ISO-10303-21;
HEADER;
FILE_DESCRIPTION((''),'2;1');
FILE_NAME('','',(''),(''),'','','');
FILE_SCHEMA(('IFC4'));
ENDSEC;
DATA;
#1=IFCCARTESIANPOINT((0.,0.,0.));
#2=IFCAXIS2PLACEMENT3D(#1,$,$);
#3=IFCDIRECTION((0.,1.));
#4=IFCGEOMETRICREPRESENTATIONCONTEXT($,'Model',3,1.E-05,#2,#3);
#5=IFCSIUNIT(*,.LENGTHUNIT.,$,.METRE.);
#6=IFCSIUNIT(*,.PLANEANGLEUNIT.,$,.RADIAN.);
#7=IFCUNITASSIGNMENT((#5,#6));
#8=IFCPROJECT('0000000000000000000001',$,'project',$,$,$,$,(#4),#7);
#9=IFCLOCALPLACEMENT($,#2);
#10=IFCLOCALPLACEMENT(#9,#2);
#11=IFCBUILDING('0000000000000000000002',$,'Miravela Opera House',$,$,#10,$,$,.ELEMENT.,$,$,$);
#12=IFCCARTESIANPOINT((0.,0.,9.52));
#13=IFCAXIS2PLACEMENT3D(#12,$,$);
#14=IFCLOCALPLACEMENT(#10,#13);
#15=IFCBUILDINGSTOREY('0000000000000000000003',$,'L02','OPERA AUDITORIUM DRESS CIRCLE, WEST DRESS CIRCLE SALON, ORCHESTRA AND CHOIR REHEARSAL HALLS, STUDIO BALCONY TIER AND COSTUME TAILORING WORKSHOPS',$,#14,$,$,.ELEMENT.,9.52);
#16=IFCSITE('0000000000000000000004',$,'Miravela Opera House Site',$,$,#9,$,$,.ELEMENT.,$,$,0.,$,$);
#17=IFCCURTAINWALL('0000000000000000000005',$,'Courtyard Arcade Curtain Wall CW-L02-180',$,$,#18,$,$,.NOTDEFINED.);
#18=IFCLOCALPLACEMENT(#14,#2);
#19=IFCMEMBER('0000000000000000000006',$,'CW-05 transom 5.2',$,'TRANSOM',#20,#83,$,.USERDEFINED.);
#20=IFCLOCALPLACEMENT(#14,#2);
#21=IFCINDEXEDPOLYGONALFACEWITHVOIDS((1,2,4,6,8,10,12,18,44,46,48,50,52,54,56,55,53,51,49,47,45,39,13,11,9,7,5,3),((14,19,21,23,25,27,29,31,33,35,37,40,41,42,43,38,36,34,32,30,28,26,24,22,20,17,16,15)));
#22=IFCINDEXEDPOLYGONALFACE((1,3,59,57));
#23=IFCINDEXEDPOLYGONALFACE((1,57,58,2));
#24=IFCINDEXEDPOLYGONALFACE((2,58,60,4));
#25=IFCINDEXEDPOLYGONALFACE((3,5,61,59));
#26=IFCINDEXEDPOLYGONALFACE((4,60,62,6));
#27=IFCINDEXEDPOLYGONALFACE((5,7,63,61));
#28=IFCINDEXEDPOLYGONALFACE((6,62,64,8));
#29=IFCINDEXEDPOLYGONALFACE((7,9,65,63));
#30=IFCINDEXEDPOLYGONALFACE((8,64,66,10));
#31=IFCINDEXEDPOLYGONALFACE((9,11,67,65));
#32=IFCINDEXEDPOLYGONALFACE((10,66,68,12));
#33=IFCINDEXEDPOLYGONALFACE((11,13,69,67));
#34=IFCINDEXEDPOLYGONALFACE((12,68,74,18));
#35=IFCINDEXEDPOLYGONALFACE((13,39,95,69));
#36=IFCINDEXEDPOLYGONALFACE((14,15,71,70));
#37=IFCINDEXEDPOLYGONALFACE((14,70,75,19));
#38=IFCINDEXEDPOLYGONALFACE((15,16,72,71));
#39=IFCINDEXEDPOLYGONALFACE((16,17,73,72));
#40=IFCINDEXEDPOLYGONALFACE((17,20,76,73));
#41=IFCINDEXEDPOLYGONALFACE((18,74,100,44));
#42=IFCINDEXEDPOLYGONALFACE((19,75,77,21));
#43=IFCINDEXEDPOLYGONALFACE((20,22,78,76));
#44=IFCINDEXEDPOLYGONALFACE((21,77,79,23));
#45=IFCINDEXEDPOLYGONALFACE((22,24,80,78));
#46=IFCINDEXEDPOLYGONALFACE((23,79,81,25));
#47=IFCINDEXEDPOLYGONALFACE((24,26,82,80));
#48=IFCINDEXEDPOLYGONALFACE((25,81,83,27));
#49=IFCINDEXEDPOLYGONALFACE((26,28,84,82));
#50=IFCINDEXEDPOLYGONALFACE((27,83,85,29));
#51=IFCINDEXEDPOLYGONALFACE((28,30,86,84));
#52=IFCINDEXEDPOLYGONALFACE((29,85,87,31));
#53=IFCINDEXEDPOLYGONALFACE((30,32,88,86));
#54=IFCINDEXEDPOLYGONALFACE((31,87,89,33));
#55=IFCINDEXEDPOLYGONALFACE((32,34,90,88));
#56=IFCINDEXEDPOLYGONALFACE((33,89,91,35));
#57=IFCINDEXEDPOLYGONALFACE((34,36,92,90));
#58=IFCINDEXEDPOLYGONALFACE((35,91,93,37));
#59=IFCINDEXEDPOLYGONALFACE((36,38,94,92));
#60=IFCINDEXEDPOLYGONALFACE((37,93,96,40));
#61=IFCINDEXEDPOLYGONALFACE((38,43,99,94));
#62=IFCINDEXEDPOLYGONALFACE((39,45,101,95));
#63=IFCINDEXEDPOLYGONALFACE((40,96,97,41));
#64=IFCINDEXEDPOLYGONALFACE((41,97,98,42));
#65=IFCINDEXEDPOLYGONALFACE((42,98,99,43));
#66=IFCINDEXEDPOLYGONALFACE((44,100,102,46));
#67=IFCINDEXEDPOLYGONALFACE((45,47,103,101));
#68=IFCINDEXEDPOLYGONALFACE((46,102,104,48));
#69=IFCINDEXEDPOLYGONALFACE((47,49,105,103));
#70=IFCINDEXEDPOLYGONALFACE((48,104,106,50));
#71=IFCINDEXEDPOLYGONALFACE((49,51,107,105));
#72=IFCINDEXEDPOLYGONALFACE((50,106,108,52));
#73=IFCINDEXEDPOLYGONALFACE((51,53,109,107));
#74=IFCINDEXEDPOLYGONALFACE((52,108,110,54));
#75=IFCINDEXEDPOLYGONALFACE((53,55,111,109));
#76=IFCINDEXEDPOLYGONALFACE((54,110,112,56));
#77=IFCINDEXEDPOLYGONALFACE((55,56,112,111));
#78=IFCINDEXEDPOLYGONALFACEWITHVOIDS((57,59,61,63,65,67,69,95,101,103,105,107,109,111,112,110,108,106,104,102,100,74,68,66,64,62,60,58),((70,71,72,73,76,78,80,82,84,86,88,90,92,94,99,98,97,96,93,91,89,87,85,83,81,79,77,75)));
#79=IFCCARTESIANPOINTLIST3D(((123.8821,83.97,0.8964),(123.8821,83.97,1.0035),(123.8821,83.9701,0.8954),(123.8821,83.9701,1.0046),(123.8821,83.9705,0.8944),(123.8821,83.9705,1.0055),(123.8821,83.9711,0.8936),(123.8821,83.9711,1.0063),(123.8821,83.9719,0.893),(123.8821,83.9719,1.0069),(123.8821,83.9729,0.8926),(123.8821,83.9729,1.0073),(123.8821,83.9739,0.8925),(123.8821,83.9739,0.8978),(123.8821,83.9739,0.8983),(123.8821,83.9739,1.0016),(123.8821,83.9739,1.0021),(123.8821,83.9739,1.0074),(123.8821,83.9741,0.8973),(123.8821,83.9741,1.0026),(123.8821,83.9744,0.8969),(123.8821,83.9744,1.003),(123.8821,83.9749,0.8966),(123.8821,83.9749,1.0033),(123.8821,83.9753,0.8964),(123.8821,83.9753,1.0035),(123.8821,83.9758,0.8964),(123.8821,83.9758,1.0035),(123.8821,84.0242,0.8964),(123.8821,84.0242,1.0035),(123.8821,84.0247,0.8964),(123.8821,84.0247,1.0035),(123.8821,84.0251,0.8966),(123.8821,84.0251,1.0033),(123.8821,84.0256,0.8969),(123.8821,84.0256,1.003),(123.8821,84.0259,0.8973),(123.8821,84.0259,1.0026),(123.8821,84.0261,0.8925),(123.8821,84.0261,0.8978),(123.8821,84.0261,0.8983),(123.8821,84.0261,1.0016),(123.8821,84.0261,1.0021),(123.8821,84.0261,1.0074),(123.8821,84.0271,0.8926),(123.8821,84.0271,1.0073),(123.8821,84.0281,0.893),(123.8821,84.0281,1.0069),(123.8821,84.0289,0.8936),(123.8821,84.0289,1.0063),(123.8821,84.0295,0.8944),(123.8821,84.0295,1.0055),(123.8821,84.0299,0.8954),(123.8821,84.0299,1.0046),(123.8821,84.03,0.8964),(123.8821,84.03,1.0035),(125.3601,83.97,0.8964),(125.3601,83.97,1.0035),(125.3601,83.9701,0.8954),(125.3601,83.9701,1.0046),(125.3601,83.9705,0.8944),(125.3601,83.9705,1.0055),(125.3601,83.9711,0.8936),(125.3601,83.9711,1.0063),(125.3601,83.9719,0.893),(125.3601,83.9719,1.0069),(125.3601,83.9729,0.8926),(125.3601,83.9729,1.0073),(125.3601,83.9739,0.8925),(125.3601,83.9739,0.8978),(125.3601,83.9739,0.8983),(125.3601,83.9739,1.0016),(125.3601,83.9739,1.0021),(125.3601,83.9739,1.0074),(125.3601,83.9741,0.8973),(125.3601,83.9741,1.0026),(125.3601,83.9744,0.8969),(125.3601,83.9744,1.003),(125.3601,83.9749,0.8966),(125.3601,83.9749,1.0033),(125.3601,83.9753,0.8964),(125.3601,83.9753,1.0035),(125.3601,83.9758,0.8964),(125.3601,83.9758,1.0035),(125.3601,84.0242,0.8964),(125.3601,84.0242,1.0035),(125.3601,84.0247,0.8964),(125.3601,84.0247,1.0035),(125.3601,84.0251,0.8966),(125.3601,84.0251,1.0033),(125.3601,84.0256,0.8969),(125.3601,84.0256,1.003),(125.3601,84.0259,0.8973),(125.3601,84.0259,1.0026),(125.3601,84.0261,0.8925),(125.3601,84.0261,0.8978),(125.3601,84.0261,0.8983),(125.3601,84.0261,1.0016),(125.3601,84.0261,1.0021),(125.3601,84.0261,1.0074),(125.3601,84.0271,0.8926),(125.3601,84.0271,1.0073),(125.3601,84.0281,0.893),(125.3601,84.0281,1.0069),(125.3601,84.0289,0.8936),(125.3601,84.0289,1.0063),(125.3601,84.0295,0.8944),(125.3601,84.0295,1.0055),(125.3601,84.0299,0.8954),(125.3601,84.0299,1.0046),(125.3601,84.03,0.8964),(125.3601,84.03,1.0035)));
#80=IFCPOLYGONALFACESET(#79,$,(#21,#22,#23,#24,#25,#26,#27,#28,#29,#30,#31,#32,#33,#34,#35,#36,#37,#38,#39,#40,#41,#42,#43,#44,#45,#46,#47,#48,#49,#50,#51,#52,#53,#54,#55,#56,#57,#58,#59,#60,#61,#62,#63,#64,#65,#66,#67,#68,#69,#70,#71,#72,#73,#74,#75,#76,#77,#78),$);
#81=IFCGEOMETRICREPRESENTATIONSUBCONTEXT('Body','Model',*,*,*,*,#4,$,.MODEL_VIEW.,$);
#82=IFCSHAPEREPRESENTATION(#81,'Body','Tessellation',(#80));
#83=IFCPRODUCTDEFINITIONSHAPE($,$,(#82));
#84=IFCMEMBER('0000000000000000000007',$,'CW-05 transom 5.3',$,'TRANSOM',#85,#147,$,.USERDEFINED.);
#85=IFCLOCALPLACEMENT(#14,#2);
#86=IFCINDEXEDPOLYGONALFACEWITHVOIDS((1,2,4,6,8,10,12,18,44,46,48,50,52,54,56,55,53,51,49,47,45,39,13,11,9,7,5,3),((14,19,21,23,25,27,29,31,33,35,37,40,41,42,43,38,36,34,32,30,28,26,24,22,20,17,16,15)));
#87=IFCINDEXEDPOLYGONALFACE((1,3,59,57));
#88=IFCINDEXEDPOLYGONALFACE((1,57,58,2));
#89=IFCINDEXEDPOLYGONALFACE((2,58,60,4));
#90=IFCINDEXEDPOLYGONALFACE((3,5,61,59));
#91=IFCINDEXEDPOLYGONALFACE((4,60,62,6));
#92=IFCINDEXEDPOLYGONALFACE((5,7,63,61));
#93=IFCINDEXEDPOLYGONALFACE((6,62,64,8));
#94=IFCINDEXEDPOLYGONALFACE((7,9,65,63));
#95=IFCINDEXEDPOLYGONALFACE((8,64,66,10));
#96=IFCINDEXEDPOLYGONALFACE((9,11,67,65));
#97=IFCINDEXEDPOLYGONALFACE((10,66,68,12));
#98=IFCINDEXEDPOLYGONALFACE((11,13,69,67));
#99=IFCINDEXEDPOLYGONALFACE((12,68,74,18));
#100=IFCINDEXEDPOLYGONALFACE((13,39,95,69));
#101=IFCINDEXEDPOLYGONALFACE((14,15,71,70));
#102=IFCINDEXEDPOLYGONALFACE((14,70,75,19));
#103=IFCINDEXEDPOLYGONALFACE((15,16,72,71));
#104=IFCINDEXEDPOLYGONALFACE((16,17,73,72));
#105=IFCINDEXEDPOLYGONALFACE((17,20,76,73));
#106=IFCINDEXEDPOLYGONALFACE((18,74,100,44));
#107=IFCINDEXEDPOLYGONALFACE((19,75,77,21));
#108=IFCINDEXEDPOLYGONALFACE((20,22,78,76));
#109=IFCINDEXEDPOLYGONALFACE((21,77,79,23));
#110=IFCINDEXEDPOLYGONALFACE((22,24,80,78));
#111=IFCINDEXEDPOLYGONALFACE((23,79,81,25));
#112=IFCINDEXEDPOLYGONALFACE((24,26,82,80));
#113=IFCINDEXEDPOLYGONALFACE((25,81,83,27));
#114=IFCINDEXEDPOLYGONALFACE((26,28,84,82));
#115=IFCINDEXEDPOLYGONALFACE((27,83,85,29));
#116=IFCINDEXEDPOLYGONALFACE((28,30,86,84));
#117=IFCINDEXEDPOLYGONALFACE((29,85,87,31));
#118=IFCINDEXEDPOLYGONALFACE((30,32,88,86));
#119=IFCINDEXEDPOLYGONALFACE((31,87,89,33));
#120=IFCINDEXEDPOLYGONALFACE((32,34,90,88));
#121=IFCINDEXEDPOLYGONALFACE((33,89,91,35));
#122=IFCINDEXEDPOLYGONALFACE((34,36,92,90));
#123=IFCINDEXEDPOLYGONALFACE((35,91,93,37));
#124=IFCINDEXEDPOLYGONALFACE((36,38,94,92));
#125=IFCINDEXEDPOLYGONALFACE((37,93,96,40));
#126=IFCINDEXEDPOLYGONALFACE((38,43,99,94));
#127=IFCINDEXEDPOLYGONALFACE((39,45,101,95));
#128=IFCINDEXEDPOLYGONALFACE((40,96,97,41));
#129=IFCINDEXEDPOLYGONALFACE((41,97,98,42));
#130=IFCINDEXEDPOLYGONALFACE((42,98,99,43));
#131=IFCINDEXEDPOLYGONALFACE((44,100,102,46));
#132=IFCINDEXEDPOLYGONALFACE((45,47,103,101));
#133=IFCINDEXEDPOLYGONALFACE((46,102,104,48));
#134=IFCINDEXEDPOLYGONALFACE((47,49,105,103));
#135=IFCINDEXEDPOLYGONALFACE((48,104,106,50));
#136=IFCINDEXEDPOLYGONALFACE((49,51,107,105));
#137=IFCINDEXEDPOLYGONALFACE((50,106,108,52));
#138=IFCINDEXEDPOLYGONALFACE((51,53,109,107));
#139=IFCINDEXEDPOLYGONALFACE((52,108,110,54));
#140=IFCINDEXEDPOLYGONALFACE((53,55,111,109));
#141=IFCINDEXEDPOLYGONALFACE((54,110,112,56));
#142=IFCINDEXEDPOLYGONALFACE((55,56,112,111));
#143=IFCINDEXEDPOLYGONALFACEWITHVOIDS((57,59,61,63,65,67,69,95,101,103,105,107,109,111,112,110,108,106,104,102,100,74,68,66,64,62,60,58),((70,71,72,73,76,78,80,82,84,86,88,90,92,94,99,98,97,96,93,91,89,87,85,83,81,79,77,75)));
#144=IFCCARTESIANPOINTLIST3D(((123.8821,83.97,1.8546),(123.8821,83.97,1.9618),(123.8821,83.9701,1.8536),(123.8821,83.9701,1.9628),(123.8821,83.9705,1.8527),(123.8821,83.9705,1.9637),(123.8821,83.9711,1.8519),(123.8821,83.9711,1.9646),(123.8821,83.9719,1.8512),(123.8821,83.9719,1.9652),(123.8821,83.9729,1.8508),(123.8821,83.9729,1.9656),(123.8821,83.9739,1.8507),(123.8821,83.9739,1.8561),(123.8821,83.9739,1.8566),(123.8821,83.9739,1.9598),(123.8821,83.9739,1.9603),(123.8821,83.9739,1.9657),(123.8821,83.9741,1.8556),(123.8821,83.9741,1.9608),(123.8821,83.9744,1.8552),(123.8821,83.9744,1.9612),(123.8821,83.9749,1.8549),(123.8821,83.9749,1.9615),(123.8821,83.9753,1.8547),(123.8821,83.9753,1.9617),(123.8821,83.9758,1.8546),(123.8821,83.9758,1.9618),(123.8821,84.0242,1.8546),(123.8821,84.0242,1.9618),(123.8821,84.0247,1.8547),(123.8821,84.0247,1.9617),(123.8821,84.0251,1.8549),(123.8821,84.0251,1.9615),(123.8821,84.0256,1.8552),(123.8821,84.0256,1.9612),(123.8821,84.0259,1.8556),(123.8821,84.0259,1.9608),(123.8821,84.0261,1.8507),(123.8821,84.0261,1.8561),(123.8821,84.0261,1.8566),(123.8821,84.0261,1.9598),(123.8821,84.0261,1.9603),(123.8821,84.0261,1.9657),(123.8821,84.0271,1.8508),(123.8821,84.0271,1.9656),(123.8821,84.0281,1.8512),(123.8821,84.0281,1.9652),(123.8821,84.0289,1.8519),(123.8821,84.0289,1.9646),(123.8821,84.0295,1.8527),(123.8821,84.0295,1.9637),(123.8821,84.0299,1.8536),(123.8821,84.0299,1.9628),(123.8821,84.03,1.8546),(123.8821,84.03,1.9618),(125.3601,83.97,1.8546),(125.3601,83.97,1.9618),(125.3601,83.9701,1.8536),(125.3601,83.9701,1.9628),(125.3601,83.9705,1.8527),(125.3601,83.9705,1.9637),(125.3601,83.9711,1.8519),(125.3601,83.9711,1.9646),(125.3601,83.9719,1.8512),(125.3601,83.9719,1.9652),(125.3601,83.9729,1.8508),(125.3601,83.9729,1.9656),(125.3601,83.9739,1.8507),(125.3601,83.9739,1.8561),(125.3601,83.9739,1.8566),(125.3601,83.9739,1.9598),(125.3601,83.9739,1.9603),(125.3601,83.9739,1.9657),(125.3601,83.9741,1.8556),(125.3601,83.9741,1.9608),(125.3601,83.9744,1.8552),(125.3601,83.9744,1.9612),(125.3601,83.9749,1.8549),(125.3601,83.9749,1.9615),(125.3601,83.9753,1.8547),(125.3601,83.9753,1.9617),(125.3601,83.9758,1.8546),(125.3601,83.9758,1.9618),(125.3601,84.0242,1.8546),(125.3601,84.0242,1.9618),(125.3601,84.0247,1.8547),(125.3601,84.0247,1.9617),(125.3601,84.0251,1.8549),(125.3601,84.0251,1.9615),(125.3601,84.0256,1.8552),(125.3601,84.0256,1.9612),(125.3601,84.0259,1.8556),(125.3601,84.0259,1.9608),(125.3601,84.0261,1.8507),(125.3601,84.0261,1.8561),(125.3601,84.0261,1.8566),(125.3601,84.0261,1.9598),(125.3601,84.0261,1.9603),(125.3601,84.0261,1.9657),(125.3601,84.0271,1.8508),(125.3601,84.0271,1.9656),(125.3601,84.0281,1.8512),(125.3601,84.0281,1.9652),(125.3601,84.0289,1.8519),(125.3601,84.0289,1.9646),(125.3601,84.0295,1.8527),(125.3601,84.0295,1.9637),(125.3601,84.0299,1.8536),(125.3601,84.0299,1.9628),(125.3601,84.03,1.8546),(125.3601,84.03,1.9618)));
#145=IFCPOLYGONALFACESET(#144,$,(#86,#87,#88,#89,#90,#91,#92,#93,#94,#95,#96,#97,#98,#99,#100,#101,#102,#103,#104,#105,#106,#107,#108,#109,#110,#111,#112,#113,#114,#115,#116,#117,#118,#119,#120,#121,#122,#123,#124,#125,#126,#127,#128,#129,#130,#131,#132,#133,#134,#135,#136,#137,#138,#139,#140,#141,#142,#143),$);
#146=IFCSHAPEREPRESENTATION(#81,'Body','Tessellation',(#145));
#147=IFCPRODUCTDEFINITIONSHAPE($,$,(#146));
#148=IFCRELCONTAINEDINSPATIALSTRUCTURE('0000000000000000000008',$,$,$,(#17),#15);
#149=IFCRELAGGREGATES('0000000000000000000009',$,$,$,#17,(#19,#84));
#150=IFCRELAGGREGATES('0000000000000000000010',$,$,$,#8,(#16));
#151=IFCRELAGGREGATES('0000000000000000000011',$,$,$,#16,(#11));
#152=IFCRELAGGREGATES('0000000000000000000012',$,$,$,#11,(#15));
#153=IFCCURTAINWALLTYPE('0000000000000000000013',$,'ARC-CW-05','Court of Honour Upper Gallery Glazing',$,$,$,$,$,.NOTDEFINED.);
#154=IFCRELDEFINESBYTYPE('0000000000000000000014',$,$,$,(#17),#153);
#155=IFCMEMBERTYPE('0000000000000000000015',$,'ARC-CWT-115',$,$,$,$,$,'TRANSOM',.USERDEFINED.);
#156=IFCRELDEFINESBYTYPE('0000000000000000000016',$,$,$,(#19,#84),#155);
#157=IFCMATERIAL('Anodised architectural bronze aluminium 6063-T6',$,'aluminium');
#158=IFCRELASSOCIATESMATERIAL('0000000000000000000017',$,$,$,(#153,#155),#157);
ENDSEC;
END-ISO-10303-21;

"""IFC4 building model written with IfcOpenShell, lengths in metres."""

from ifc_helpers import new_model, si_unit, direction, frame, origin, origin_2d, place, context, subcontext, project, spatial, hollow_rectangle, extrude, material, material_profile, profile_set, type_object, element, aggregate, save


model = new_model("IFC4")

# Units and contexts
model_context = context("Model", 3, precision=1e-05, world=origin(), true_north=direction((0.0, 1.0)))
body_context = subcontext(model_context, "Body", "Model", "MODEL_VIEW")
ifc_project = project(units=[si_unit("LENGTHUNIT", "METRE"), si_unit("PLANEANGLEUNIT", "RADIAN")], contexts=[model_context])

# Site, building, storey
site_placement = place(None, origin())
site = spatial("IfcSite", under=ifc_project, at=site_placement, Name="Miravela Opera House Site", CompositionType="ELEMENT", RefElevation=0.0)
building_placement = place(site_placement, origin())
building = spatial("IfcBuilding", under=site, at=building_placement, Name="Miravela Opera House", CompositionType="ELEMENT")
storey_placement = place(building_placement, frame((0.0, 0.0, 9.52)))
storey = spatial("IfcBuildingStorey", under=building, at=storey_placement, Name="L02", Description="OPERA AUDITORIUM DRESS CIRCLE, WEST DRESS CIRCLE SALON, ORCHESTRA AND CHOIR REHEARSAL HALLS, STUDIO BALCONY TIER AND COSTUME TAILORING WORKSHOPS", CompositionType="ELEMENT", Elevation=9.52)

# Curtain wall
ifc_material_1 = material(Name="Anodised architectural bronze aluminium 6063-T6", Category="aluminium")
curtain_wall_type = type_object("IfcCurtainWallType", Name="ARC-CW-05", Description="Court of Honour Upper Gallery Glazing", PredefinedType="NOTDEFINED", material=ifc_material_1)
curtain_wall_1_placement = place(storey_placement, origin())
curtain_wall_1 = element("IfcCurtainWall", 1, at=curtain_wall_1_placement, inside=storey, type_object=curtain_wall_type, Name="Courtyard Arcade Curtain Wall CW-L02-180", PredefinedType="NOTDEFINED")

# Members
ifc_material_profile_1 = material_profile(ifc_material_1, hollow_rectangle(XDim=0.0601, YDim=0.115, WallThickness=0.0039, InnerFilletRadius=0.002, OuterFilletRadius=0.0039, at=origin_2d()), Name="CWT-60X115")
ifc_profile_set_1 = profile_set([ifc_material_profile_1])
member_type_1 = type_object("IfcMemberType", Name="ARC-CWT-115", ElementType="TRANSOM", PredefinedType="USERDEFINED", material=ifc_profile_set_1)
member_1_placement = place(storey_placement, frame((123.8821, 84.0, 0.95), z_axis=(1.0, 0.0, 0.0), x_axis=(0.0, 1.0, 0.0)))
member_1 = element("IfcMember", 2, at=member_1_placement, type_object=member_type_1, Name="CW-05 transom 5.2", ObjectType="TRANSOM", PredefinedType="USERDEFINED", context=body_context, shape_type="SweptSolid", body=[
    extrude(hollow_rectangle(XDim=0.0601, YDim=0.115, WallThickness=0.0039, InnerFilletRadius=0.002, OuterFilletRadius=0.0039, at=origin_2d()), origin(), (0.0, 0.0, 1.0), 1.478),
])
member_2_placement = place(storey_placement, frame((123.8821, 84.0, 1.9082), z_axis=(1.0, 0.0, 0.0), x_axis=(0.0, 1.0, 0.0)))
member_2 = element("IfcMember", 3, at=member_2_placement, type_object=member_type_1, Name="CW-05 transom 5.3", ObjectType="TRANSOM", PredefinedType="USERDEFINED", context=body_context, shape_type="SweptSolid", body=[
    extrude(hollow_rectangle(XDim=0.0601, YDim=0.115, WallThickness=0.0039, InnerFilletRadius=0.002, OuterFilletRadius=0.0039, at=origin_2d()), origin(), (0.0, 0.0, 1.0), 1.478),
])

aggregate(curtain_wall_1, [member_1, member_2])

save(model, "model.ifc")
